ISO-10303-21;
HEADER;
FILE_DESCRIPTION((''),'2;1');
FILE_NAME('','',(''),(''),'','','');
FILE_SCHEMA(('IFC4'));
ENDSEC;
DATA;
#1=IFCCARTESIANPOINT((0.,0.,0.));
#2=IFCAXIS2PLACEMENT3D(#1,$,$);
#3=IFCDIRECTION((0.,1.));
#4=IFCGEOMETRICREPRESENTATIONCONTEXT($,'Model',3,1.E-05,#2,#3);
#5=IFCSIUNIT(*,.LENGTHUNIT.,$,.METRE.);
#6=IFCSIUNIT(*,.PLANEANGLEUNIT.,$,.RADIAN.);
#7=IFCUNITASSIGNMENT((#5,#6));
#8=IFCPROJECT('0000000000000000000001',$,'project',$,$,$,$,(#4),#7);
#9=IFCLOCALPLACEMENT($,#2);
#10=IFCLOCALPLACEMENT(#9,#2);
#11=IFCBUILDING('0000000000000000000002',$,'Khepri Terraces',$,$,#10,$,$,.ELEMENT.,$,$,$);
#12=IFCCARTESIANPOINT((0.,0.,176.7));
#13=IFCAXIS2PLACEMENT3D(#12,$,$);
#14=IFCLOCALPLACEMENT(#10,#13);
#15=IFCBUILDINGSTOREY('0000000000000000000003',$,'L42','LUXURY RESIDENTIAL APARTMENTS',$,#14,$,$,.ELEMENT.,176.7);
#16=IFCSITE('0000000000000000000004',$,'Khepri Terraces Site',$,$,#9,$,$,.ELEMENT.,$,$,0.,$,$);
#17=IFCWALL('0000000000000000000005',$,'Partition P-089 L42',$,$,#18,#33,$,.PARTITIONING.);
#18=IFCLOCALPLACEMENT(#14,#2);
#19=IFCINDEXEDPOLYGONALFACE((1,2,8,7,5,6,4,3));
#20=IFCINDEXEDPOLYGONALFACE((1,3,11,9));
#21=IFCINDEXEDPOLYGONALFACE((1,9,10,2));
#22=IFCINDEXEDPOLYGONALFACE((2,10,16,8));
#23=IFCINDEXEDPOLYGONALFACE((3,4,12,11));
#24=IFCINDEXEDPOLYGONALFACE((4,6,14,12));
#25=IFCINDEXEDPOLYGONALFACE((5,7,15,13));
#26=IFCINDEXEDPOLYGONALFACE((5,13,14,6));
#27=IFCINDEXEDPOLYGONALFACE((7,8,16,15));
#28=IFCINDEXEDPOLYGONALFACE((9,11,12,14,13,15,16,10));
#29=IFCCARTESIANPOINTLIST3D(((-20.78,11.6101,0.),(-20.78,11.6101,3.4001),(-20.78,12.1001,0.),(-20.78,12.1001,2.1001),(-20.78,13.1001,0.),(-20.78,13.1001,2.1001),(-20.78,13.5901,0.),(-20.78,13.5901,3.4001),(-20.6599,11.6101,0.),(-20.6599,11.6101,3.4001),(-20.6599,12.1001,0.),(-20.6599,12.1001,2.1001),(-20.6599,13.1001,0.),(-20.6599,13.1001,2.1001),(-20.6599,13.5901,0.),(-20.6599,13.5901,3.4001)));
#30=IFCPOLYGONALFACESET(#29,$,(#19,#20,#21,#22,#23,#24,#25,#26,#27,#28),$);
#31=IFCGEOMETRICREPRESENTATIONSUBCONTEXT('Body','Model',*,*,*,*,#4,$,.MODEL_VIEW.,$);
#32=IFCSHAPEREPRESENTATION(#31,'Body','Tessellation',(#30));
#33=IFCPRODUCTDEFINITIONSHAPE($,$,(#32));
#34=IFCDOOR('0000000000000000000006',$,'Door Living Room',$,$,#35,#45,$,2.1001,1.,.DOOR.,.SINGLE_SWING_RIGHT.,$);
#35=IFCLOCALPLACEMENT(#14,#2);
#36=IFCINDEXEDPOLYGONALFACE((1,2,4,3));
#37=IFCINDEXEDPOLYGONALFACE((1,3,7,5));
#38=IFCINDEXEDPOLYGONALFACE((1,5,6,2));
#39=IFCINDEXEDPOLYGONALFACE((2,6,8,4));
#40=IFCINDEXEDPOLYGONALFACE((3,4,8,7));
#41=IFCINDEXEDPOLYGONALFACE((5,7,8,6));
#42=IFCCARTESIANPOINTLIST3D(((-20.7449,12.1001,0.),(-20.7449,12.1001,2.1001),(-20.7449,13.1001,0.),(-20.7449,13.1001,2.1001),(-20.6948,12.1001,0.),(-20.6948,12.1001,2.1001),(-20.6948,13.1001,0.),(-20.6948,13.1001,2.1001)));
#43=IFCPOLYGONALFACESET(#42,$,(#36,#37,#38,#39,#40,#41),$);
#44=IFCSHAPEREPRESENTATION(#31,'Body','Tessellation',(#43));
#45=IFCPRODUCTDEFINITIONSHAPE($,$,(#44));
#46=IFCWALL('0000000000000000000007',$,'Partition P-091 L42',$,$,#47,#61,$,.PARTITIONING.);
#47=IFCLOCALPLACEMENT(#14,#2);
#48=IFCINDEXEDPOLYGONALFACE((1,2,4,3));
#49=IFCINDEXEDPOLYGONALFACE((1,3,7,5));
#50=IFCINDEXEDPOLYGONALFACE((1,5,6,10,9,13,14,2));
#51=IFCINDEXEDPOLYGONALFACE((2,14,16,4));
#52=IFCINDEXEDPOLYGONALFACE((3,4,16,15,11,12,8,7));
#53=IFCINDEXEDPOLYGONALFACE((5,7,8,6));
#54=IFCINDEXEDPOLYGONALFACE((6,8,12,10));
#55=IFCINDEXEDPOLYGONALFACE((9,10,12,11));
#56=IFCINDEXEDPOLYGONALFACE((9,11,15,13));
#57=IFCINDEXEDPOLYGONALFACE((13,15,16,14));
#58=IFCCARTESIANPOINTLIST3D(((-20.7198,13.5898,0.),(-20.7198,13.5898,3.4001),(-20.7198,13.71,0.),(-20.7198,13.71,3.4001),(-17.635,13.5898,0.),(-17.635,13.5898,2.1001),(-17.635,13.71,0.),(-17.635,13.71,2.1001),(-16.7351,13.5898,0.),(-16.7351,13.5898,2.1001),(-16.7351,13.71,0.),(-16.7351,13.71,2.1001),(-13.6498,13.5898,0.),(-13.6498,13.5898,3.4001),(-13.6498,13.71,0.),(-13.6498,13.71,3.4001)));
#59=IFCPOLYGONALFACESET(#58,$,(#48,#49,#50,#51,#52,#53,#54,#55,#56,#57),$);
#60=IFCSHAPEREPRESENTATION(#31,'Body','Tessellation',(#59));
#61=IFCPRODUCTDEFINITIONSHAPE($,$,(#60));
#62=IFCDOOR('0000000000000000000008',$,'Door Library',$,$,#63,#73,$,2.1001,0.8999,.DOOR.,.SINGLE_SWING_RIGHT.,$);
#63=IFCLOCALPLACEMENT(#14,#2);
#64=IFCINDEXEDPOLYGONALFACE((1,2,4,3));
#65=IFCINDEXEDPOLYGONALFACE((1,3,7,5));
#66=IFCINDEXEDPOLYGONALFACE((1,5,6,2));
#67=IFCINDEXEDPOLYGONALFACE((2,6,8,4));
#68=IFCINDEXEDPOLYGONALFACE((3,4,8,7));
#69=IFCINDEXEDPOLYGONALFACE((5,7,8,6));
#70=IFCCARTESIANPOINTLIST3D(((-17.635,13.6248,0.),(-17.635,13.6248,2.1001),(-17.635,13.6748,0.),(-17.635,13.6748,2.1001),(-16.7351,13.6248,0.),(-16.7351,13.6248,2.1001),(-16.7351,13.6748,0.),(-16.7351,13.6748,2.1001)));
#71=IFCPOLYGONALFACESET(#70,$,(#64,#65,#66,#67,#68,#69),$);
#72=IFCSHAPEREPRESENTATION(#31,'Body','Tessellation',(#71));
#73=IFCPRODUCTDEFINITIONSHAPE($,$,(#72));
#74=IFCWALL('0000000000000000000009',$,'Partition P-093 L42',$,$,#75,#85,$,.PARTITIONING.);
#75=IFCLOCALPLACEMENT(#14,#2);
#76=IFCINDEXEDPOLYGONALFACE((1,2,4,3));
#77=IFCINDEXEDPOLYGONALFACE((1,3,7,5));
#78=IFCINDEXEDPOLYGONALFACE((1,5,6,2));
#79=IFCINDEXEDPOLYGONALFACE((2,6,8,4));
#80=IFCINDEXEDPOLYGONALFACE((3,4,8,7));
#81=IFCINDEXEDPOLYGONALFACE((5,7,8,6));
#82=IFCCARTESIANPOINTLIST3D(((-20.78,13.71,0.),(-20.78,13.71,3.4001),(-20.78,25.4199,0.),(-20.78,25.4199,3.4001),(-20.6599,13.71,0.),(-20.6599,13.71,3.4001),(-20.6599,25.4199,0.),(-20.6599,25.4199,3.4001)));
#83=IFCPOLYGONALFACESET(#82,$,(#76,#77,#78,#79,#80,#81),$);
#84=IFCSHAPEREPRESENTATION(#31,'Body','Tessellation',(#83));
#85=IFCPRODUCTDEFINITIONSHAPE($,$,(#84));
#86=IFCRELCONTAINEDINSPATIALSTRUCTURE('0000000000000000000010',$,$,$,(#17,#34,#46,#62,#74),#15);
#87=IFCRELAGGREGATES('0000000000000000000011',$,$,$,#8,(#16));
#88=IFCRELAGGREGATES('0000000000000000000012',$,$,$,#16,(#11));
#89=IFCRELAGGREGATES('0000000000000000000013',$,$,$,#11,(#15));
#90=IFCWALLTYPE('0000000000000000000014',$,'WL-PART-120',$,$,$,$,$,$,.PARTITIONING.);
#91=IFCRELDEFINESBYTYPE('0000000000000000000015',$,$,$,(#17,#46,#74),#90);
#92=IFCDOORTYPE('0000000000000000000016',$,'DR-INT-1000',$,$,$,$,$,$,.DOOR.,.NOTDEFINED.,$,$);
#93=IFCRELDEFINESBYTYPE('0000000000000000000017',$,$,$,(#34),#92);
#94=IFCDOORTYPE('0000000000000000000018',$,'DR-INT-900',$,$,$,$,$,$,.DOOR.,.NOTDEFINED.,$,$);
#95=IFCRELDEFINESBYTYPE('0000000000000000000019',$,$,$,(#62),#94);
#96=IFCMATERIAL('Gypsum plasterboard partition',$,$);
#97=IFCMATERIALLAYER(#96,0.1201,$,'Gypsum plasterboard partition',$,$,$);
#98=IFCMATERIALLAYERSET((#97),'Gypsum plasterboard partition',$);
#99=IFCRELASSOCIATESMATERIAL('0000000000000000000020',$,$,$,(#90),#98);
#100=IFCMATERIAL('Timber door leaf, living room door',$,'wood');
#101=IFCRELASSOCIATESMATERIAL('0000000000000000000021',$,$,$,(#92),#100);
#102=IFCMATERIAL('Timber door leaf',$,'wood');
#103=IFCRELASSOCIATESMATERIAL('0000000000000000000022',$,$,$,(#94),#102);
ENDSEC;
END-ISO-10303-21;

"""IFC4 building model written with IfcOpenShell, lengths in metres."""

from ifc_helpers import new_model, si_unit, direction, frame, frame_2d, origin, place, context, subcontext, project, spatial, rectangle, extrude, material, layer, layer_set, type_object, element, fill, save


model = new_model("IFC4")

# Units and contexts
model_context = context("Model", 3, precision=1e-05, world=origin(), true_north=direction((0.0, 1.0)))
body_context = subcontext(model_context, "Body", "Model", "MODEL_VIEW")
ifc_project = project(units=[si_unit("LENGTHUNIT", "METRE"), si_unit("PLANEANGLEUNIT", "RADIAN")], contexts=[model_context])

# Site, building, storey
site_placement = place(None, origin())
site = spatial("IfcSite", under=ifc_project, at=site_placement, Name="Khepri Terraces Site", CompositionType="ELEMENT", RefElevation=0.0)
building_placement = place(site_placement, origin())
building = spatial("IfcBuilding", under=site, at=building_placement, Name="Khepri Terraces", CompositionType="ELEMENT")
storey_placement = place(building_placement, frame((0.0, 0.0, 176.7)))
storey = spatial("IfcBuildingStorey", under=building, at=storey_placement, Name="L42", Description="LUXURY RESIDENTIAL APARTMENTS", CompositionType="ELEMENT", Elevation=176.7)

# Shared definitions
ifc_material_1 = material(Name="Gypsum plasterboard partition")
ifc_layer_1 = layer(ifc_material_1, 0.1201, Name="Gypsum plasterboard partition")
ifc_layer_set_1 = layer_set([ifc_layer_1], Name="Gypsum plasterboard partition")
wall_type_1 = type_object("IfcWallType", Name="WL-PART-120", PredefinedType="PARTITIONING", material=ifc_layer_set_1)

# Walls, openings, doors
wall_1_placement = place(storey_placement, frame((-20.72, 11.6101, 0.0), z_axis=(0.0, 0.0, 1.0), x_axis=(0.0, 1.0, 0.0)))
wall_1 = element("IfcWall", 1, at=wall_1_placement, inside=storey, type_object=wall_type_1, Name="Partition P-089 L42", PredefinedType="PARTITIONING", context=body_context, shape_type="SweptSolid", body=[
    extrude(rectangle(XDim=1.98, YDim=0.1201, at=frame_2d((0.99, 0.0))), origin(), (0.0, 0.0, 1.0), 3.4001),
])
opening_1_placement = place(wall_1_placement, frame((0.49, 0.0, 0.0)))
opening_1 = element("IfcOpeningElement", 2, at=opening_1_placement, cuts=wall_1, PredefinedType="OPENING", context=body_context, shape_type="SweptSolid", body=[
    extrude(rectangle(XDim=1.0, YDim=2.1001, at=frame_2d((0.5, 1.05))), frame((0.0, 0.0701, 0.0), z_axis=(0.0, -1.0, 0.0), x_axis=(1.0, 0.0, 0.0)), (0.0, 0.0, 1.0), 0.1401),
])
ifc_material_2 = material(Name="Timber door leaf, living room door", Category="wood")
door_type_1 = type_object("IfcDoorType", Name="DR-INT-1000", OperationType="NOTDEFINED", PredefinedType="DOOR", material=ifc_material_2)
door_1_placement = place(opening_1_placement, origin())
door_1 = element("IfcDoor", 3, at=door_1_placement, inside=storey, type_object=door_type_1, Name="Door Living Room", OperationType="SINGLE_SWING_RIGHT", OverallHeight=2.1001, OverallWidth=1.0, PredefinedType="DOOR", context=body_context, shape_type="SweptSolid", body=[
    extrude(rectangle(XDim=1.0, YDim=2.1001, at=frame_2d((0.5, 1.05))), frame((0.0, 0.0249, 0.0), z_axis=(0.0, -1.0, 0.0), x_axis=(1.0, 0.0, 0.0)), (0.0, 0.0, 1.0), 0.05),
])
fill(opening_1, door_1)
wall_2_placement = place(storey_placement, frame((-20.72, 13.6499, 0.0), z_axis=(0.0, 0.0, 1.0), x_axis=(1.0, 0.0, 0.0)))
wall_2 = element("IfcWall", 4, at=wall_2_placement, inside=storey, type_object=wall_type_1, Name="Partition P-091 L42", PredefinedType="PARTITIONING", context=body_context, shape_type="SweptSolid", body=[
    extrude(rectangle(XDim=7.0701, YDim=0.1201, at=frame_2d((3.5352, 0.0))), origin(), (0.0, 0.0, 1.0), 3.4001),
])
opening_2_placement = place(wall_2_placement, frame((3.085, 0.0, 0.0)))
opening_2 = element("IfcOpeningElement", 5, at=opening_2_placement, cuts=wall_2, PredefinedType="OPENING", context=body_context, shape_type="SweptSolid", body=[
    extrude(rectangle(XDim=0.8999, YDim=2.1001, at=frame_2d((0.45, 1.05))), frame((0.0, 0.0701, 0.0), z_axis=(0.0, -1.0, 0.0), x_axis=(1.0, 0.0, 0.0)), (0.0, 0.0, 1.0), 0.1401),
])
ifc_material_3 = material(Name="Timber door leaf", Category="wood")
door_type_2 = type_object("IfcDoorType", Name="DR-INT-900", OperationType="NOTDEFINED", PredefinedType="DOOR", material=ifc_material_3)
door_2_placement = place(opening_2_placement, origin())
door_2 = element("IfcDoor", 6, at=door_2_placement, inside=storey, type_object=door_type_2, Name="Door Library", OperationType="SINGLE_SWING_RIGHT", OverallHeight=2.1001, OverallWidth=0.8999, PredefinedType="DOOR", context=body_context, shape_type="SweptSolid", body=[
    extrude(rectangle(XDim=0.8999, YDim=2.1001, at=frame_2d((0.45, 1.05))), frame((0.0, 0.0249, 0.0), z_axis=(0.0, -1.0, 0.0), x_axis=(1.0, 0.0, 0.0)), (0.0, 0.0, 1.0), 0.05),
])
fill(opening_2, door_2)

# Wall
wall_3_placement = place(storey_placement, frame((-20.72, 13.71, 0.0), z_axis=(0.0, 0.0, 1.0), x_axis=(0.0, 1.0, 0.0)))
element("IfcWall", 7, at=wall_3_placement, inside=storey, type_object=wall_type_1, Name="Partition P-093 L42", PredefinedType="PARTITIONING", context=body_context, shape_type="SweptSolid", body=[
    extrude(rectangle(XDim=11.71, YDim=0.1201, at=frame_2d((5.855, 0.0))), origin(), (0.0, 0.0, 1.0), 3.4001),
])

save(model, "model.ifc")
